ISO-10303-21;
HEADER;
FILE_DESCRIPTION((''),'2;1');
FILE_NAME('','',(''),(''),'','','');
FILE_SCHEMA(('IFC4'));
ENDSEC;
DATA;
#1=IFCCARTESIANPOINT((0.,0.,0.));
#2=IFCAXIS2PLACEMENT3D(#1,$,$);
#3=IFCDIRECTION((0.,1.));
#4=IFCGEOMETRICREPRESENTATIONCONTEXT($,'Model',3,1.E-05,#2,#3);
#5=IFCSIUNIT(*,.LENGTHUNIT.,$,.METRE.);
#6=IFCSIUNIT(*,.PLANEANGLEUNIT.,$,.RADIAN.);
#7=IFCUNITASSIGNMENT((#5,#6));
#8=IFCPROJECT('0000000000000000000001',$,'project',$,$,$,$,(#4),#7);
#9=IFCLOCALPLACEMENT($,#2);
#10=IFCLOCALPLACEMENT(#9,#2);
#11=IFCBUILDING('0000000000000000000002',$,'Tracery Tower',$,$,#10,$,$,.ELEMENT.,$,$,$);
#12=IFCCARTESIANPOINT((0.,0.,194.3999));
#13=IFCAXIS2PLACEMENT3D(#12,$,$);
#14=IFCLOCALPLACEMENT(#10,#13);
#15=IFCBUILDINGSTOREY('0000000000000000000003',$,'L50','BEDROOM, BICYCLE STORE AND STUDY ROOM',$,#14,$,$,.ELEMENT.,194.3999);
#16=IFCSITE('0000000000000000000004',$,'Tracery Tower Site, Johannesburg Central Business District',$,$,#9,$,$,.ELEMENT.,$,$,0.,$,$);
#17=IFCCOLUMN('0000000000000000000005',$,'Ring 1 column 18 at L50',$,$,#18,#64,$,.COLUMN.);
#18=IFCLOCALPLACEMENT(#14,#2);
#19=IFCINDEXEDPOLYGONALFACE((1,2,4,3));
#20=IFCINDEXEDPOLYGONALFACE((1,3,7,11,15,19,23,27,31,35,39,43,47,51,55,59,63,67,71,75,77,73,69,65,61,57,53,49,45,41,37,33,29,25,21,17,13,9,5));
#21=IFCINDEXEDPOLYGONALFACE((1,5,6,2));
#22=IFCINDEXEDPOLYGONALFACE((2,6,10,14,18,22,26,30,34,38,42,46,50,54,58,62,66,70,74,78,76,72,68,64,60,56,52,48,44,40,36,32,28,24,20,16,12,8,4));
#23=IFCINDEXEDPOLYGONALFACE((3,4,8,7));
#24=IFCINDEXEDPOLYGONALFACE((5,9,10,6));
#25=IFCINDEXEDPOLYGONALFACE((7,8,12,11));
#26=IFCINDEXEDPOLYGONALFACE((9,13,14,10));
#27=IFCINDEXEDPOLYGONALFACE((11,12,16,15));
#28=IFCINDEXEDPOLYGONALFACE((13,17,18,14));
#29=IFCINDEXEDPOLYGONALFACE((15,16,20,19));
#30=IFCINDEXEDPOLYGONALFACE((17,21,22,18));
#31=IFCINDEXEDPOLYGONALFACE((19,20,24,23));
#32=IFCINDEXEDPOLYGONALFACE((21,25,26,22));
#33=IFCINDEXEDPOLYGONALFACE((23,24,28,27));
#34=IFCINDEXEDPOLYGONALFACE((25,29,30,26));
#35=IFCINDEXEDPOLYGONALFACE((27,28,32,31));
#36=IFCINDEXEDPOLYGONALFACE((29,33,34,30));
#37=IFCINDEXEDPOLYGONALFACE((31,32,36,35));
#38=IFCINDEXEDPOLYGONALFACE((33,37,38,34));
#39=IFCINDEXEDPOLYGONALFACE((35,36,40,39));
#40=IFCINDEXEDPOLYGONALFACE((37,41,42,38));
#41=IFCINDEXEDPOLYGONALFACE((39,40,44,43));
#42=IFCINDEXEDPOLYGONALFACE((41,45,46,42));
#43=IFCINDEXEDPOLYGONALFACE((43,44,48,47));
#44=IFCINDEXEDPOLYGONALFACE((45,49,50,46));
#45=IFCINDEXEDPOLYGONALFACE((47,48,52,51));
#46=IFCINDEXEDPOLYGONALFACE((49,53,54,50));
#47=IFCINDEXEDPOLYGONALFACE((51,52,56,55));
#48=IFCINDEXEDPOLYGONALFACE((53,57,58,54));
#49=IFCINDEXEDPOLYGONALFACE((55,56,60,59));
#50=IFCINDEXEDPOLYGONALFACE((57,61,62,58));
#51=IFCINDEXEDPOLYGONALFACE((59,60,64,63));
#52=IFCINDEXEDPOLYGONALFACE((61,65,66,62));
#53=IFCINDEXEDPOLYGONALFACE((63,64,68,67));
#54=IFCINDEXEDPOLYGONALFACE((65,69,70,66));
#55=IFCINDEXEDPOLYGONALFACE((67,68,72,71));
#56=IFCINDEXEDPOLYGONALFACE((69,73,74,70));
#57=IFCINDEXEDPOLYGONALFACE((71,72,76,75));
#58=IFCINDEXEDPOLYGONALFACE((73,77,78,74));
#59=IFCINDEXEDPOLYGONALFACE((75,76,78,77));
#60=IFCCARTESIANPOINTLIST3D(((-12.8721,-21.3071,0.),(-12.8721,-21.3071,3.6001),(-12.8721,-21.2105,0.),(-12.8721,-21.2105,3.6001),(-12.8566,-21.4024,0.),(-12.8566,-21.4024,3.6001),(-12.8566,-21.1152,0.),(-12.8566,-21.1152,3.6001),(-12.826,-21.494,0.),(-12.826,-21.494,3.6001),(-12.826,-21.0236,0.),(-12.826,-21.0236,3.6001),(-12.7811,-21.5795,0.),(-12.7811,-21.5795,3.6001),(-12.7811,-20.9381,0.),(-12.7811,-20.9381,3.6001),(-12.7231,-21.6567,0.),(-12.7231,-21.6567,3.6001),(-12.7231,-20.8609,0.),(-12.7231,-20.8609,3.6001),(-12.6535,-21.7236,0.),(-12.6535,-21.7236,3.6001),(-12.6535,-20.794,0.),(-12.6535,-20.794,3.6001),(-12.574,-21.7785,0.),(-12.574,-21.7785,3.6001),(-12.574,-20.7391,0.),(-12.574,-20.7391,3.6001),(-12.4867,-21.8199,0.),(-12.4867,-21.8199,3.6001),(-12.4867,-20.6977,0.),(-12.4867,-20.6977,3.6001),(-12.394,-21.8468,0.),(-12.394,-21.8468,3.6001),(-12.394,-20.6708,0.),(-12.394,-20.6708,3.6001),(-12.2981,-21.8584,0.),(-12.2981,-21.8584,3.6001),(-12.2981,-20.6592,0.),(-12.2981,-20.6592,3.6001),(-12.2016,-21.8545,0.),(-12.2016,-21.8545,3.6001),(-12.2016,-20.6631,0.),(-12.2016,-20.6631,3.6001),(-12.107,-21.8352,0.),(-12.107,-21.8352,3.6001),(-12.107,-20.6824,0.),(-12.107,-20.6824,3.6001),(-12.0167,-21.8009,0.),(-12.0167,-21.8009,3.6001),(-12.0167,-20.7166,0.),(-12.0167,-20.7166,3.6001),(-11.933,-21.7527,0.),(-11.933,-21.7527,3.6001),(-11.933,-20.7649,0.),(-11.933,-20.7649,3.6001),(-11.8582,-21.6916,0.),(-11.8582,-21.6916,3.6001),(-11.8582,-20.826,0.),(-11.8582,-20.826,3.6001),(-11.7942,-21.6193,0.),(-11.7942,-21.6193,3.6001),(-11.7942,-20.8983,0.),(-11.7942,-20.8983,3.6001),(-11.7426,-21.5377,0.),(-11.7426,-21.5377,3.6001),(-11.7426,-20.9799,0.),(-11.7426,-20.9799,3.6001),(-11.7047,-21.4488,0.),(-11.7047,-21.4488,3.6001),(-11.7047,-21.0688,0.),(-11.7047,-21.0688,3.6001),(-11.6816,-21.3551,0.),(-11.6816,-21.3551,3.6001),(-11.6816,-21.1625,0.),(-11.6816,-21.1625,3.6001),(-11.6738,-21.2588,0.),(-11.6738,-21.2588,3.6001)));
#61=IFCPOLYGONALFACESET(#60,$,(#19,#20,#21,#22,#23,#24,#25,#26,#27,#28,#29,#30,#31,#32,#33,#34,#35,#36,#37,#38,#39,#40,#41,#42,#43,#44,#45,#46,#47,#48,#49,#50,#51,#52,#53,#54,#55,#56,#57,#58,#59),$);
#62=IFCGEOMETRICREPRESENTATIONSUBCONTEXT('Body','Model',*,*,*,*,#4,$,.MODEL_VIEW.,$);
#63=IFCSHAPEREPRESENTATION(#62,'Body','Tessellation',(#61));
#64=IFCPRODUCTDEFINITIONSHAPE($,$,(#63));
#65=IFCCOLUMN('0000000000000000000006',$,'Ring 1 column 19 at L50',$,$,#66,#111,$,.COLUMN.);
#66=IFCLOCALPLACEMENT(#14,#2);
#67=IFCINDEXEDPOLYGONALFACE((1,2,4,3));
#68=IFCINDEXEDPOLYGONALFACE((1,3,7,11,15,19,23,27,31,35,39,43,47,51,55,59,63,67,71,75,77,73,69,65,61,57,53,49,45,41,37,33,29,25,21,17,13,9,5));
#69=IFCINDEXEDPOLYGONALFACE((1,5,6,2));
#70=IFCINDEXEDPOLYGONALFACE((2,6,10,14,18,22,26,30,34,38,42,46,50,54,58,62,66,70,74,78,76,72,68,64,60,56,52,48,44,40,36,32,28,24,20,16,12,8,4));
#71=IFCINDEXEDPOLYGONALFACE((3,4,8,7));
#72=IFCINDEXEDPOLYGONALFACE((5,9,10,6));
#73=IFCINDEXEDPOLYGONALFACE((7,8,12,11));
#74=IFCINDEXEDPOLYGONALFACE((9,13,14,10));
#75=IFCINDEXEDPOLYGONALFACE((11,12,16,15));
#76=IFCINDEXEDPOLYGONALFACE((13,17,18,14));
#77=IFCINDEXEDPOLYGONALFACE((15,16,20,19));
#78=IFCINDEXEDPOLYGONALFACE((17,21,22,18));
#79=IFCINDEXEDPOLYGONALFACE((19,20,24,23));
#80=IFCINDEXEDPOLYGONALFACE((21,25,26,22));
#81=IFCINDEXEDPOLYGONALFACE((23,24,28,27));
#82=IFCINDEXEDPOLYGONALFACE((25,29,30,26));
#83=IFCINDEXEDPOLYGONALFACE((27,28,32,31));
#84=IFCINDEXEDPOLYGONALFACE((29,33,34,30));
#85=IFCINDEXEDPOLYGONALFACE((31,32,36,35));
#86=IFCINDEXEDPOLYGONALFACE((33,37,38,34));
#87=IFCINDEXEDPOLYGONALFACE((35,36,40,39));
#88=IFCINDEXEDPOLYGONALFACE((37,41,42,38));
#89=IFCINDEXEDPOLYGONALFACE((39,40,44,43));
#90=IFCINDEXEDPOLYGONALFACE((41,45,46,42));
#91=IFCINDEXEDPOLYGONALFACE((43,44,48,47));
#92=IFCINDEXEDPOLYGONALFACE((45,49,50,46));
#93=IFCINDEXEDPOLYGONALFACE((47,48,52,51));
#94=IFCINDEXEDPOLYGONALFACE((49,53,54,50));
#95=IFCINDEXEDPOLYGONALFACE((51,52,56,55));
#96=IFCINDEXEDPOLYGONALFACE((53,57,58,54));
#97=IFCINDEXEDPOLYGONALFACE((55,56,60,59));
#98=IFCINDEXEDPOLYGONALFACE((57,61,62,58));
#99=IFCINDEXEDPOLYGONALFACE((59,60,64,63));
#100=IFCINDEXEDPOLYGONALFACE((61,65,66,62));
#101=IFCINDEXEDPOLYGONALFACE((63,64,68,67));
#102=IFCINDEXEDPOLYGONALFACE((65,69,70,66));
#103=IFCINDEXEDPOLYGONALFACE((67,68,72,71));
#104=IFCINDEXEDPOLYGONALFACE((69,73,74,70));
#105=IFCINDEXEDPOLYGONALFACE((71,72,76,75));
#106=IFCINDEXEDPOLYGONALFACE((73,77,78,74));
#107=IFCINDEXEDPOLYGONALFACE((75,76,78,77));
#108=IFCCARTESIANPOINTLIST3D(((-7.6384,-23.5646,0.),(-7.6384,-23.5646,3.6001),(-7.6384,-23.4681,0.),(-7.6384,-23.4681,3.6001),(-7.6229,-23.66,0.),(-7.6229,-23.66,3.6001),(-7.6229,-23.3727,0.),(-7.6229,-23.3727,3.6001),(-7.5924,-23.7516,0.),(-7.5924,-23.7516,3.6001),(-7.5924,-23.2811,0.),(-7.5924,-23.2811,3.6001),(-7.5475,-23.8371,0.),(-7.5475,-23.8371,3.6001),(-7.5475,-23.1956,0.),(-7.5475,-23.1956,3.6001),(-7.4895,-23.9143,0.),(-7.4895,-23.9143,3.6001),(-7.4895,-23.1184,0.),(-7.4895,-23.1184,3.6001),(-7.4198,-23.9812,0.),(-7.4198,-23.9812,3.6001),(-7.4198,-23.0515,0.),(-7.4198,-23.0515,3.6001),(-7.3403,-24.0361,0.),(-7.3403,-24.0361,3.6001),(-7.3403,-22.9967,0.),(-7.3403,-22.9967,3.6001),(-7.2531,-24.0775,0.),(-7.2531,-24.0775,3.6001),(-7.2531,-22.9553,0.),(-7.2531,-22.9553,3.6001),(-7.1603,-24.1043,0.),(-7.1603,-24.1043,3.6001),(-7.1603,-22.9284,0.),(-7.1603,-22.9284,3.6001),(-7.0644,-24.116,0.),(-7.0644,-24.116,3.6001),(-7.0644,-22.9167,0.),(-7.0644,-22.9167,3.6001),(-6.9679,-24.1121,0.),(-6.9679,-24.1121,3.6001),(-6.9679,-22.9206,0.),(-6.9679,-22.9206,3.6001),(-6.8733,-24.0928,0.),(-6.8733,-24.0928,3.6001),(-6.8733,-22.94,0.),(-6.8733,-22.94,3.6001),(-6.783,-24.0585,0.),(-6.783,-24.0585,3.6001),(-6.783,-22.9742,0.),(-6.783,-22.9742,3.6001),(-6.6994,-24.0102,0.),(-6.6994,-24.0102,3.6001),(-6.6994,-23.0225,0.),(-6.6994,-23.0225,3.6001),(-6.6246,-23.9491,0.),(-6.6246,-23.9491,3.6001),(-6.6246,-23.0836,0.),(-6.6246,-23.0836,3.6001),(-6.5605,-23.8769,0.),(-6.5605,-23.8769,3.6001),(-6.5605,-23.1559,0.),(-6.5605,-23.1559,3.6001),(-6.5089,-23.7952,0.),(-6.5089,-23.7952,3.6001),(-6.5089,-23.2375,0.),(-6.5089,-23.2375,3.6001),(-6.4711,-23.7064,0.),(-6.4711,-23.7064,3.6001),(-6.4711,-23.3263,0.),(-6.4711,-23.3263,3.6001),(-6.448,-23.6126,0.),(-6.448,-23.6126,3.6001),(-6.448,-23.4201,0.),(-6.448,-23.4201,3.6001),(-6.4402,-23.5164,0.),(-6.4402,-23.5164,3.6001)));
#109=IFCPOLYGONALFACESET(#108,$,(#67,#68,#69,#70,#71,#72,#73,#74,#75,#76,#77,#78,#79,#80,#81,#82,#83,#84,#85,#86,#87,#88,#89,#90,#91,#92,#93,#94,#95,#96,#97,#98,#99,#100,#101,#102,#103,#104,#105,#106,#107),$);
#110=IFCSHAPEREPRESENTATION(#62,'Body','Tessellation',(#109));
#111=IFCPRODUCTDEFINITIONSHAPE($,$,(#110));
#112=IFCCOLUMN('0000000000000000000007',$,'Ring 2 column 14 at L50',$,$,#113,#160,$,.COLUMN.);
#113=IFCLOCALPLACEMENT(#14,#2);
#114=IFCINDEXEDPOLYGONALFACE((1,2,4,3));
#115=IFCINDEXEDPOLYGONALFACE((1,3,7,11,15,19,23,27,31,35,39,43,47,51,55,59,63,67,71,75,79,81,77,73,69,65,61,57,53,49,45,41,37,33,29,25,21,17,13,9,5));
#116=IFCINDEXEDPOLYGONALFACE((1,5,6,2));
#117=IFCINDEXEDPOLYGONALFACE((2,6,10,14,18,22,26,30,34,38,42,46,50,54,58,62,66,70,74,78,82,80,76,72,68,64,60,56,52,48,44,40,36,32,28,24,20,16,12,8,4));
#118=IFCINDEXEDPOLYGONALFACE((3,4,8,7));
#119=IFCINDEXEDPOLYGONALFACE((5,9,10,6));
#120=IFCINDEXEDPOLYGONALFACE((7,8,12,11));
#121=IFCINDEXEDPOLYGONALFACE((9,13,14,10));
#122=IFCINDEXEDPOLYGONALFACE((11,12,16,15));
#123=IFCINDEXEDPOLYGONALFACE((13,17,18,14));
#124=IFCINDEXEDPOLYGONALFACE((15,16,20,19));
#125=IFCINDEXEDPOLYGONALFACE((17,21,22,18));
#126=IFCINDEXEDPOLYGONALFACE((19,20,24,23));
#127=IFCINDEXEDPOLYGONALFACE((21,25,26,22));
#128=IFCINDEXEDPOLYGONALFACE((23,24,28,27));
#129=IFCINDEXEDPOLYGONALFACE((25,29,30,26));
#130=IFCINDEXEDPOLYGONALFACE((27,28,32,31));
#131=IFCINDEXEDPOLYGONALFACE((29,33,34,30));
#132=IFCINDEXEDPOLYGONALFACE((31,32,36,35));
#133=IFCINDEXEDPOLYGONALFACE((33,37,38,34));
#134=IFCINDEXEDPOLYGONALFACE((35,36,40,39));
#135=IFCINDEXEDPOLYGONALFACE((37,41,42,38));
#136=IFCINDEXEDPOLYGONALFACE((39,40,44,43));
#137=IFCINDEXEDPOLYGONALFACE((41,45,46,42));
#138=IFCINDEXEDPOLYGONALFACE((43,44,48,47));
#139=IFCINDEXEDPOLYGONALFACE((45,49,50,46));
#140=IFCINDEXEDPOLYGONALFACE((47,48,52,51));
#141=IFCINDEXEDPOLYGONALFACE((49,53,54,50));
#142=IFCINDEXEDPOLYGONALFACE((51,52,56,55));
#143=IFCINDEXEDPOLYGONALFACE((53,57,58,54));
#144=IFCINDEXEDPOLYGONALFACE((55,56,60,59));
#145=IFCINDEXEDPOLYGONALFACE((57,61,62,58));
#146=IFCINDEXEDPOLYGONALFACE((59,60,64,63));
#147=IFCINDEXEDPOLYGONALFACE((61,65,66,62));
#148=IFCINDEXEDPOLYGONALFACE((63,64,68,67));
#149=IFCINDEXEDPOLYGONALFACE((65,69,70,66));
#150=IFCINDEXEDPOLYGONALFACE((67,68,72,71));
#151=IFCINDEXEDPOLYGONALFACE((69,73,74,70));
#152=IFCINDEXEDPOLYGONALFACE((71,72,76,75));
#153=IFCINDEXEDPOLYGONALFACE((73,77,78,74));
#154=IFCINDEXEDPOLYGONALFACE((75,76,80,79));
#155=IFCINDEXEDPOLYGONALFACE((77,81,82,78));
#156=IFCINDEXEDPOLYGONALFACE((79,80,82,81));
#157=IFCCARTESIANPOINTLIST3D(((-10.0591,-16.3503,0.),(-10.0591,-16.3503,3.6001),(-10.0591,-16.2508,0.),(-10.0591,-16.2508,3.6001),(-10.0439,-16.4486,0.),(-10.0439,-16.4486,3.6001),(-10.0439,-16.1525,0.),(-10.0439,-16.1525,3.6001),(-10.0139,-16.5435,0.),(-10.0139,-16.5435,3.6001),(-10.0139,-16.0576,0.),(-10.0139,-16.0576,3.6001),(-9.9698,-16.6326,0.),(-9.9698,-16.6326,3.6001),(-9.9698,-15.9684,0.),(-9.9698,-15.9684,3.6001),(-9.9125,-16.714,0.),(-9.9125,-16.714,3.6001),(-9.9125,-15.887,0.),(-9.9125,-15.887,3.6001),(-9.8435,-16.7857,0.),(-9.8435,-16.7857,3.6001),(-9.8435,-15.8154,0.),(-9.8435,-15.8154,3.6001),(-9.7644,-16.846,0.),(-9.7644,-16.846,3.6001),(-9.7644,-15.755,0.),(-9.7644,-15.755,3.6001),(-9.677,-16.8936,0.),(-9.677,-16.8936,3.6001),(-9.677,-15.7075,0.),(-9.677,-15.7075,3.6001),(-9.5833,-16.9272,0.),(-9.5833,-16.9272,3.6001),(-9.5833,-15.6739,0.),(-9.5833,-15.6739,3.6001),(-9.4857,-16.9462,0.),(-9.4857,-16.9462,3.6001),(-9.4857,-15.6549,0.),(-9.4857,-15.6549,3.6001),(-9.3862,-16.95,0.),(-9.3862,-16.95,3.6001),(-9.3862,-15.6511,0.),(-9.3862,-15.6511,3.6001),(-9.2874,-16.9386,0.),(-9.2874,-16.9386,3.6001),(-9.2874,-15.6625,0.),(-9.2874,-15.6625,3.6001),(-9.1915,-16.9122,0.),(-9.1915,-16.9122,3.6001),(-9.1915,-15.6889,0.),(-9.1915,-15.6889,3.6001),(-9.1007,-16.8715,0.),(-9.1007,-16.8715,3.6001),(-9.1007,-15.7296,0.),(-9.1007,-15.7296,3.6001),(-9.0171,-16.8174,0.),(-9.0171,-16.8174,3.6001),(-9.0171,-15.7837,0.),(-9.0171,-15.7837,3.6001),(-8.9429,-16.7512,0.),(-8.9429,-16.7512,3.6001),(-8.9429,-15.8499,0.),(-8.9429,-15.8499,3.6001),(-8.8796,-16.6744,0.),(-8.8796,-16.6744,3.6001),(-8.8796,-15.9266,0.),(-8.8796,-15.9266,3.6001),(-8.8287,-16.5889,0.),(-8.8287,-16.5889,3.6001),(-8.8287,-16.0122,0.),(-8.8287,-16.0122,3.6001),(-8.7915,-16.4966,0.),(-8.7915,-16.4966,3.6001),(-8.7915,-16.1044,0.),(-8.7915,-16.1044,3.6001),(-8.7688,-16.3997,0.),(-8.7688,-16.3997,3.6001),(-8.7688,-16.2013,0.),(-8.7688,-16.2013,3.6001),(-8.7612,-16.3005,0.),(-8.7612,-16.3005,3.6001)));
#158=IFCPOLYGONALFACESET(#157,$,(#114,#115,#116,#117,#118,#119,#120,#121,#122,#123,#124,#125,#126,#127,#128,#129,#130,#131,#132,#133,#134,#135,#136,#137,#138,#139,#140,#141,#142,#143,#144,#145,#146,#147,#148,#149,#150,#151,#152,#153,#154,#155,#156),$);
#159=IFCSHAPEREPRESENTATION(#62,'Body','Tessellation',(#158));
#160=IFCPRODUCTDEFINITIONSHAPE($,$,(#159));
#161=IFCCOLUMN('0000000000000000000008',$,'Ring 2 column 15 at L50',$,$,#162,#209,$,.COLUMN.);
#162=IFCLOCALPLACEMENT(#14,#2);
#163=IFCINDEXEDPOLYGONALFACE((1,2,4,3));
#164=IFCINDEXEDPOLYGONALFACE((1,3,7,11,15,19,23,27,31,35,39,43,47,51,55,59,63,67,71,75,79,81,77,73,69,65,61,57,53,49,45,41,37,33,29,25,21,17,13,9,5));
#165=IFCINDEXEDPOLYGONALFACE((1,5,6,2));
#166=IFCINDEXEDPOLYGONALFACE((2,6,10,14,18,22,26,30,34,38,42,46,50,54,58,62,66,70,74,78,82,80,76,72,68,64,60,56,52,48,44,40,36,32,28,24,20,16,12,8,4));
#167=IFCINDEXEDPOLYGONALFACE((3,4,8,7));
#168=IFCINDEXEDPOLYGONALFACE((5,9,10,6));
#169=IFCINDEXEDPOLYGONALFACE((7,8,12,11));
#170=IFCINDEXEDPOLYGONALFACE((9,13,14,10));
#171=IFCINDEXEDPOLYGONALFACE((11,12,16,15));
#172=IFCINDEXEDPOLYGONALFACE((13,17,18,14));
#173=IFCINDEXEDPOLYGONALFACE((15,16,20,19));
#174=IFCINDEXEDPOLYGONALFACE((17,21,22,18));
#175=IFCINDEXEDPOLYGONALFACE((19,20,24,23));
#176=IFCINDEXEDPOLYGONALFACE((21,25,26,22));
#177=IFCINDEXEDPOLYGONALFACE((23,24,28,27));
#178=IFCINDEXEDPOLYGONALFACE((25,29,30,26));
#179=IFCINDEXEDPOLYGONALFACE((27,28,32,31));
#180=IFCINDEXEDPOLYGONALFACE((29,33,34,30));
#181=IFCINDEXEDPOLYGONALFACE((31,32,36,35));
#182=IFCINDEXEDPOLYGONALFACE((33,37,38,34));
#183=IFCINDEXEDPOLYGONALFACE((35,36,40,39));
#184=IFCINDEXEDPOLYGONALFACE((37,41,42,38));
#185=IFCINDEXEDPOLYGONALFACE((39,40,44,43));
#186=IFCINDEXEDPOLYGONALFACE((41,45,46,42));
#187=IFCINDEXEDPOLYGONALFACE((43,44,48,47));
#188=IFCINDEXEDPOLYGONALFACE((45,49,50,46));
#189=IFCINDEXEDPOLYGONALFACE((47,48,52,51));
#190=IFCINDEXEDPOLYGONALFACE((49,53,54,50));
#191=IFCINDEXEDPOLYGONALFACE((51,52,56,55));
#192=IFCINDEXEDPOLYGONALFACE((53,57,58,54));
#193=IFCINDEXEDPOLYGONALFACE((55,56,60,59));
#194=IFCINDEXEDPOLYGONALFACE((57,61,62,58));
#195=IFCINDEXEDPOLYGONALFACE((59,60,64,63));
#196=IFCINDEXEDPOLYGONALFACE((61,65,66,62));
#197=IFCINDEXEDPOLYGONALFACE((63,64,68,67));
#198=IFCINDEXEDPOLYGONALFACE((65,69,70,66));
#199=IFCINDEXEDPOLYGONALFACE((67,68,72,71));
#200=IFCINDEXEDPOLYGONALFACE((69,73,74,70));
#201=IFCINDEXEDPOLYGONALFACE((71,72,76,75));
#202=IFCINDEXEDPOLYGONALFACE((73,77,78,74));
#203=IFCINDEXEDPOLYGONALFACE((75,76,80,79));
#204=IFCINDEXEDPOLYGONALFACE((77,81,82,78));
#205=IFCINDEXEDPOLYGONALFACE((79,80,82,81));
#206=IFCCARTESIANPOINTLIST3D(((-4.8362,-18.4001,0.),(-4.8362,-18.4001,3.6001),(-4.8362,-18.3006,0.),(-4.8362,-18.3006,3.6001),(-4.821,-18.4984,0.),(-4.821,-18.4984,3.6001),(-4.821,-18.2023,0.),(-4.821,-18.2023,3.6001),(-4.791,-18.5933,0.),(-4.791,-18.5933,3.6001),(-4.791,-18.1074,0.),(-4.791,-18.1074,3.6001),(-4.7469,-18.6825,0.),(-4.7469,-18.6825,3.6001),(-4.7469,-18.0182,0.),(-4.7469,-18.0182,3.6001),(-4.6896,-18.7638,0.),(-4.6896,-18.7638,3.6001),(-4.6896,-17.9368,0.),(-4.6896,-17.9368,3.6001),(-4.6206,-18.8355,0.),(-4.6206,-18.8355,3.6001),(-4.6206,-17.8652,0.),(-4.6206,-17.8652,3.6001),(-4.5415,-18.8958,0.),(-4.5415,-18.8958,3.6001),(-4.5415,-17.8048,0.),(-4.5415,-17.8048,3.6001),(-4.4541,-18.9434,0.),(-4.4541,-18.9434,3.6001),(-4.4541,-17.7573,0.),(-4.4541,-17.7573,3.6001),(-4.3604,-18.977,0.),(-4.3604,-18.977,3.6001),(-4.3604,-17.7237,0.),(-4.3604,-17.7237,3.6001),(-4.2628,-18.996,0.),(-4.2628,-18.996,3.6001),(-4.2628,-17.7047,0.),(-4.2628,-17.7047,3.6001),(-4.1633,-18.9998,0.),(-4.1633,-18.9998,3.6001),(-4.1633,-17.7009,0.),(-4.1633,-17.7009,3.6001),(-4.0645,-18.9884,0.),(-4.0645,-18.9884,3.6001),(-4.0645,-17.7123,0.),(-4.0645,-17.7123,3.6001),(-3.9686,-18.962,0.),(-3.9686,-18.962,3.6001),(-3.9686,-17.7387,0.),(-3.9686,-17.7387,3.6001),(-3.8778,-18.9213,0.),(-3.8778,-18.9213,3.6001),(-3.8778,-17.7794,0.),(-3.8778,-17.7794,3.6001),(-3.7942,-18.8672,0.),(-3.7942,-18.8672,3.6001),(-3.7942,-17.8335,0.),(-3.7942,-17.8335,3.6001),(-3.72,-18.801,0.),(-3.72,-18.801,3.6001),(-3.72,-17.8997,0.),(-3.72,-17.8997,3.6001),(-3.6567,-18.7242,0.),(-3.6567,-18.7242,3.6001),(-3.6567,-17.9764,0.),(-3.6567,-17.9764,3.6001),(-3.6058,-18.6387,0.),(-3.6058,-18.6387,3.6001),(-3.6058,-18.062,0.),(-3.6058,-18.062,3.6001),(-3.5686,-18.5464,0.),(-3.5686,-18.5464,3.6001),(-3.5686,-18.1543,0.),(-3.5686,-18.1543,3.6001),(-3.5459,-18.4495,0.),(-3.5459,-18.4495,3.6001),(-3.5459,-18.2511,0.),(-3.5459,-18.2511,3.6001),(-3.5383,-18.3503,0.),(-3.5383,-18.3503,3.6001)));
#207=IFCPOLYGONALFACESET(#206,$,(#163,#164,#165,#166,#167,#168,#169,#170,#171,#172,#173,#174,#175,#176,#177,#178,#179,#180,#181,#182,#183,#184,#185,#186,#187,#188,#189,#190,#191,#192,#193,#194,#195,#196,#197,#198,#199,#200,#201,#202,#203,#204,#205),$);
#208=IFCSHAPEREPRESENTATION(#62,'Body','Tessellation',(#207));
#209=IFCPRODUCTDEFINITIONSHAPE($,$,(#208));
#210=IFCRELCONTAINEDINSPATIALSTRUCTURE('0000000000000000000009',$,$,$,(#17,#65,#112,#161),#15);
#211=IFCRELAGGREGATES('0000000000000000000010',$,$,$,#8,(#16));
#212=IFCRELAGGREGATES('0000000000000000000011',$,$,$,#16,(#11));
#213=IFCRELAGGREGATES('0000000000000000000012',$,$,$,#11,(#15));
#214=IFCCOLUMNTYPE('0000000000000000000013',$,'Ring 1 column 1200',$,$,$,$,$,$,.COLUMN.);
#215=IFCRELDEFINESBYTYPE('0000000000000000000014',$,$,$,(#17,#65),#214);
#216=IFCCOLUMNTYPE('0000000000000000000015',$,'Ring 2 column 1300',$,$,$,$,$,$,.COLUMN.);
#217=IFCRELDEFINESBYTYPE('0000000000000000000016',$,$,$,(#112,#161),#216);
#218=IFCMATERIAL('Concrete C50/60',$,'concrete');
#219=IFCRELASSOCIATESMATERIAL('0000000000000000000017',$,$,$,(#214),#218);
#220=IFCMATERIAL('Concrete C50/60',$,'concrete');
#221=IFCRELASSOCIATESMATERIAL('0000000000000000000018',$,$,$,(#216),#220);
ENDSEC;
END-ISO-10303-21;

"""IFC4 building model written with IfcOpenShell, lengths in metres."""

from ifc_helpers import new_model, si_unit, direction, frame, origin, origin_2d, place, context, subcontext, project, spatial, circle, extrude, material, material_profile, profile_set, type_object, element, save


model = new_model("IFC4")

# Units and contexts
model_context = context("Model", 3, precision=1e-05, world=origin(), true_north=direction((0.0, 1.0)))
body_context = subcontext(model_context, "Body", "Model", "MODEL_VIEW")
ifc_project = project(units=[si_unit("LENGTHUNIT", "METRE"), si_unit("PLANEANGLEUNIT", "RADIAN")], contexts=[model_context])

# Site, building, storey
site_placement = place(None, origin())
site = spatial("IfcSite", under=ifc_project, at=site_placement, Name="Tracery Tower Site, Johannesburg Central Business District", CompositionType="ELEMENT", RefElevation=0.0)
building_placement = place(site_placement, origin())
building = spatial("IfcBuilding", under=site, at=building_placement, Name="Tracery Tower", CompositionType="ELEMENT")
storey_placement = place(building_placement, frame((0.0, 0.0, 194.3999)))
storey = spatial("IfcBuildingStorey", under=building, at=storey_placement, Name="L50", Description="BEDROOM, BICYCLE STORE AND STUDY ROOM", CompositionType="ELEMENT", Elevation=194.3999)

# Columns
ifc_material_1 = material(Name="Concrete C50/60", Category="concrete")
ifc_material_profile_1 = material_profile(ifc_material_1, circle(Radius=0.6001, at=origin_2d()), Name="RC D1200")
ifc_profile_set_1 = profile_set([ifc_material_profile_1], Name="Concrete C50/60")
column_type_1 = type_object("IfcColumnType", Name="Ring 1 column 1200", PredefinedType="COLUMN", material=ifc_profile_set_1)
for number, where, z_axis, x_axis, name in (
    (1, (-12.2739, -21.2588, 0.0), (0.0, 0.0, 1.0), (1.0, 0.0, 0.0), "Ring 1 column 18 at L50"),
    (2, (-7.0403, -23.5164, 0.0), (0.0, 0.0, 1.0), (1.0, 0.0, 0.0), "Ring 1 column 19 at L50"),
):
    element("IfcColumn", number, at=place(storey_placement, frame(where, z_axis=z_axis, x_axis=x_axis)), inside=storey, type_object=column_type_1, Name=name, PredefinedType="COLUMN", context=body_context, shape_type="SweptSolid", body=[
        extrude(circle(Radius=0.6001, at=origin_2d()), origin(), (0.0, 0.0, 1.0), 3.6001),
    ])
ifc_material_2 = material(Name="Concrete C50/60", Category="concrete")
ifc_material_profile_2 = material_profile(ifc_material_2, circle(Radius=0.6499, at=origin_2d()), Name="RC D1300")
ifc_profile_set_2 = profile_set([ifc_material_profile_2], Name="Concrete C50/60")
column_type_2 = type_object("IfcColumnType", Name="Ring 2 column 1300", PredefinedType="COLUMN", material=ifc_profile_set_2)
for number, where, z_axis, x_axis, name in (
    (3, (-9.4111, -16.3005, 0.0), (0.0, 0.0, 1.0), (1.0, 0.0, 0.0), "Ring 2 column 14 at L50"),
    (4, (-4.1882, -18.3503, 0.0), (0.0, 0.0, 1.0), (1.0, 0.0, 0.0), "Ring 2 column 15 at L50"),
):
    element("IfcColumn", number, at=place(storey_placement, frame(where, z_axis=z_axis, x_axis=x_axis)), inside=storey, type_object=column_type_2, Name=name, PredefinedType="COLUMN", context=body_context, shape_type="SweptSolid", body=[
        extrude(circle(Radius=0.6499, at=origin_2d()), origin(), (0.0, 0.0, 1.0), 3.6001),
    ])

save(model, "model.ifc")
